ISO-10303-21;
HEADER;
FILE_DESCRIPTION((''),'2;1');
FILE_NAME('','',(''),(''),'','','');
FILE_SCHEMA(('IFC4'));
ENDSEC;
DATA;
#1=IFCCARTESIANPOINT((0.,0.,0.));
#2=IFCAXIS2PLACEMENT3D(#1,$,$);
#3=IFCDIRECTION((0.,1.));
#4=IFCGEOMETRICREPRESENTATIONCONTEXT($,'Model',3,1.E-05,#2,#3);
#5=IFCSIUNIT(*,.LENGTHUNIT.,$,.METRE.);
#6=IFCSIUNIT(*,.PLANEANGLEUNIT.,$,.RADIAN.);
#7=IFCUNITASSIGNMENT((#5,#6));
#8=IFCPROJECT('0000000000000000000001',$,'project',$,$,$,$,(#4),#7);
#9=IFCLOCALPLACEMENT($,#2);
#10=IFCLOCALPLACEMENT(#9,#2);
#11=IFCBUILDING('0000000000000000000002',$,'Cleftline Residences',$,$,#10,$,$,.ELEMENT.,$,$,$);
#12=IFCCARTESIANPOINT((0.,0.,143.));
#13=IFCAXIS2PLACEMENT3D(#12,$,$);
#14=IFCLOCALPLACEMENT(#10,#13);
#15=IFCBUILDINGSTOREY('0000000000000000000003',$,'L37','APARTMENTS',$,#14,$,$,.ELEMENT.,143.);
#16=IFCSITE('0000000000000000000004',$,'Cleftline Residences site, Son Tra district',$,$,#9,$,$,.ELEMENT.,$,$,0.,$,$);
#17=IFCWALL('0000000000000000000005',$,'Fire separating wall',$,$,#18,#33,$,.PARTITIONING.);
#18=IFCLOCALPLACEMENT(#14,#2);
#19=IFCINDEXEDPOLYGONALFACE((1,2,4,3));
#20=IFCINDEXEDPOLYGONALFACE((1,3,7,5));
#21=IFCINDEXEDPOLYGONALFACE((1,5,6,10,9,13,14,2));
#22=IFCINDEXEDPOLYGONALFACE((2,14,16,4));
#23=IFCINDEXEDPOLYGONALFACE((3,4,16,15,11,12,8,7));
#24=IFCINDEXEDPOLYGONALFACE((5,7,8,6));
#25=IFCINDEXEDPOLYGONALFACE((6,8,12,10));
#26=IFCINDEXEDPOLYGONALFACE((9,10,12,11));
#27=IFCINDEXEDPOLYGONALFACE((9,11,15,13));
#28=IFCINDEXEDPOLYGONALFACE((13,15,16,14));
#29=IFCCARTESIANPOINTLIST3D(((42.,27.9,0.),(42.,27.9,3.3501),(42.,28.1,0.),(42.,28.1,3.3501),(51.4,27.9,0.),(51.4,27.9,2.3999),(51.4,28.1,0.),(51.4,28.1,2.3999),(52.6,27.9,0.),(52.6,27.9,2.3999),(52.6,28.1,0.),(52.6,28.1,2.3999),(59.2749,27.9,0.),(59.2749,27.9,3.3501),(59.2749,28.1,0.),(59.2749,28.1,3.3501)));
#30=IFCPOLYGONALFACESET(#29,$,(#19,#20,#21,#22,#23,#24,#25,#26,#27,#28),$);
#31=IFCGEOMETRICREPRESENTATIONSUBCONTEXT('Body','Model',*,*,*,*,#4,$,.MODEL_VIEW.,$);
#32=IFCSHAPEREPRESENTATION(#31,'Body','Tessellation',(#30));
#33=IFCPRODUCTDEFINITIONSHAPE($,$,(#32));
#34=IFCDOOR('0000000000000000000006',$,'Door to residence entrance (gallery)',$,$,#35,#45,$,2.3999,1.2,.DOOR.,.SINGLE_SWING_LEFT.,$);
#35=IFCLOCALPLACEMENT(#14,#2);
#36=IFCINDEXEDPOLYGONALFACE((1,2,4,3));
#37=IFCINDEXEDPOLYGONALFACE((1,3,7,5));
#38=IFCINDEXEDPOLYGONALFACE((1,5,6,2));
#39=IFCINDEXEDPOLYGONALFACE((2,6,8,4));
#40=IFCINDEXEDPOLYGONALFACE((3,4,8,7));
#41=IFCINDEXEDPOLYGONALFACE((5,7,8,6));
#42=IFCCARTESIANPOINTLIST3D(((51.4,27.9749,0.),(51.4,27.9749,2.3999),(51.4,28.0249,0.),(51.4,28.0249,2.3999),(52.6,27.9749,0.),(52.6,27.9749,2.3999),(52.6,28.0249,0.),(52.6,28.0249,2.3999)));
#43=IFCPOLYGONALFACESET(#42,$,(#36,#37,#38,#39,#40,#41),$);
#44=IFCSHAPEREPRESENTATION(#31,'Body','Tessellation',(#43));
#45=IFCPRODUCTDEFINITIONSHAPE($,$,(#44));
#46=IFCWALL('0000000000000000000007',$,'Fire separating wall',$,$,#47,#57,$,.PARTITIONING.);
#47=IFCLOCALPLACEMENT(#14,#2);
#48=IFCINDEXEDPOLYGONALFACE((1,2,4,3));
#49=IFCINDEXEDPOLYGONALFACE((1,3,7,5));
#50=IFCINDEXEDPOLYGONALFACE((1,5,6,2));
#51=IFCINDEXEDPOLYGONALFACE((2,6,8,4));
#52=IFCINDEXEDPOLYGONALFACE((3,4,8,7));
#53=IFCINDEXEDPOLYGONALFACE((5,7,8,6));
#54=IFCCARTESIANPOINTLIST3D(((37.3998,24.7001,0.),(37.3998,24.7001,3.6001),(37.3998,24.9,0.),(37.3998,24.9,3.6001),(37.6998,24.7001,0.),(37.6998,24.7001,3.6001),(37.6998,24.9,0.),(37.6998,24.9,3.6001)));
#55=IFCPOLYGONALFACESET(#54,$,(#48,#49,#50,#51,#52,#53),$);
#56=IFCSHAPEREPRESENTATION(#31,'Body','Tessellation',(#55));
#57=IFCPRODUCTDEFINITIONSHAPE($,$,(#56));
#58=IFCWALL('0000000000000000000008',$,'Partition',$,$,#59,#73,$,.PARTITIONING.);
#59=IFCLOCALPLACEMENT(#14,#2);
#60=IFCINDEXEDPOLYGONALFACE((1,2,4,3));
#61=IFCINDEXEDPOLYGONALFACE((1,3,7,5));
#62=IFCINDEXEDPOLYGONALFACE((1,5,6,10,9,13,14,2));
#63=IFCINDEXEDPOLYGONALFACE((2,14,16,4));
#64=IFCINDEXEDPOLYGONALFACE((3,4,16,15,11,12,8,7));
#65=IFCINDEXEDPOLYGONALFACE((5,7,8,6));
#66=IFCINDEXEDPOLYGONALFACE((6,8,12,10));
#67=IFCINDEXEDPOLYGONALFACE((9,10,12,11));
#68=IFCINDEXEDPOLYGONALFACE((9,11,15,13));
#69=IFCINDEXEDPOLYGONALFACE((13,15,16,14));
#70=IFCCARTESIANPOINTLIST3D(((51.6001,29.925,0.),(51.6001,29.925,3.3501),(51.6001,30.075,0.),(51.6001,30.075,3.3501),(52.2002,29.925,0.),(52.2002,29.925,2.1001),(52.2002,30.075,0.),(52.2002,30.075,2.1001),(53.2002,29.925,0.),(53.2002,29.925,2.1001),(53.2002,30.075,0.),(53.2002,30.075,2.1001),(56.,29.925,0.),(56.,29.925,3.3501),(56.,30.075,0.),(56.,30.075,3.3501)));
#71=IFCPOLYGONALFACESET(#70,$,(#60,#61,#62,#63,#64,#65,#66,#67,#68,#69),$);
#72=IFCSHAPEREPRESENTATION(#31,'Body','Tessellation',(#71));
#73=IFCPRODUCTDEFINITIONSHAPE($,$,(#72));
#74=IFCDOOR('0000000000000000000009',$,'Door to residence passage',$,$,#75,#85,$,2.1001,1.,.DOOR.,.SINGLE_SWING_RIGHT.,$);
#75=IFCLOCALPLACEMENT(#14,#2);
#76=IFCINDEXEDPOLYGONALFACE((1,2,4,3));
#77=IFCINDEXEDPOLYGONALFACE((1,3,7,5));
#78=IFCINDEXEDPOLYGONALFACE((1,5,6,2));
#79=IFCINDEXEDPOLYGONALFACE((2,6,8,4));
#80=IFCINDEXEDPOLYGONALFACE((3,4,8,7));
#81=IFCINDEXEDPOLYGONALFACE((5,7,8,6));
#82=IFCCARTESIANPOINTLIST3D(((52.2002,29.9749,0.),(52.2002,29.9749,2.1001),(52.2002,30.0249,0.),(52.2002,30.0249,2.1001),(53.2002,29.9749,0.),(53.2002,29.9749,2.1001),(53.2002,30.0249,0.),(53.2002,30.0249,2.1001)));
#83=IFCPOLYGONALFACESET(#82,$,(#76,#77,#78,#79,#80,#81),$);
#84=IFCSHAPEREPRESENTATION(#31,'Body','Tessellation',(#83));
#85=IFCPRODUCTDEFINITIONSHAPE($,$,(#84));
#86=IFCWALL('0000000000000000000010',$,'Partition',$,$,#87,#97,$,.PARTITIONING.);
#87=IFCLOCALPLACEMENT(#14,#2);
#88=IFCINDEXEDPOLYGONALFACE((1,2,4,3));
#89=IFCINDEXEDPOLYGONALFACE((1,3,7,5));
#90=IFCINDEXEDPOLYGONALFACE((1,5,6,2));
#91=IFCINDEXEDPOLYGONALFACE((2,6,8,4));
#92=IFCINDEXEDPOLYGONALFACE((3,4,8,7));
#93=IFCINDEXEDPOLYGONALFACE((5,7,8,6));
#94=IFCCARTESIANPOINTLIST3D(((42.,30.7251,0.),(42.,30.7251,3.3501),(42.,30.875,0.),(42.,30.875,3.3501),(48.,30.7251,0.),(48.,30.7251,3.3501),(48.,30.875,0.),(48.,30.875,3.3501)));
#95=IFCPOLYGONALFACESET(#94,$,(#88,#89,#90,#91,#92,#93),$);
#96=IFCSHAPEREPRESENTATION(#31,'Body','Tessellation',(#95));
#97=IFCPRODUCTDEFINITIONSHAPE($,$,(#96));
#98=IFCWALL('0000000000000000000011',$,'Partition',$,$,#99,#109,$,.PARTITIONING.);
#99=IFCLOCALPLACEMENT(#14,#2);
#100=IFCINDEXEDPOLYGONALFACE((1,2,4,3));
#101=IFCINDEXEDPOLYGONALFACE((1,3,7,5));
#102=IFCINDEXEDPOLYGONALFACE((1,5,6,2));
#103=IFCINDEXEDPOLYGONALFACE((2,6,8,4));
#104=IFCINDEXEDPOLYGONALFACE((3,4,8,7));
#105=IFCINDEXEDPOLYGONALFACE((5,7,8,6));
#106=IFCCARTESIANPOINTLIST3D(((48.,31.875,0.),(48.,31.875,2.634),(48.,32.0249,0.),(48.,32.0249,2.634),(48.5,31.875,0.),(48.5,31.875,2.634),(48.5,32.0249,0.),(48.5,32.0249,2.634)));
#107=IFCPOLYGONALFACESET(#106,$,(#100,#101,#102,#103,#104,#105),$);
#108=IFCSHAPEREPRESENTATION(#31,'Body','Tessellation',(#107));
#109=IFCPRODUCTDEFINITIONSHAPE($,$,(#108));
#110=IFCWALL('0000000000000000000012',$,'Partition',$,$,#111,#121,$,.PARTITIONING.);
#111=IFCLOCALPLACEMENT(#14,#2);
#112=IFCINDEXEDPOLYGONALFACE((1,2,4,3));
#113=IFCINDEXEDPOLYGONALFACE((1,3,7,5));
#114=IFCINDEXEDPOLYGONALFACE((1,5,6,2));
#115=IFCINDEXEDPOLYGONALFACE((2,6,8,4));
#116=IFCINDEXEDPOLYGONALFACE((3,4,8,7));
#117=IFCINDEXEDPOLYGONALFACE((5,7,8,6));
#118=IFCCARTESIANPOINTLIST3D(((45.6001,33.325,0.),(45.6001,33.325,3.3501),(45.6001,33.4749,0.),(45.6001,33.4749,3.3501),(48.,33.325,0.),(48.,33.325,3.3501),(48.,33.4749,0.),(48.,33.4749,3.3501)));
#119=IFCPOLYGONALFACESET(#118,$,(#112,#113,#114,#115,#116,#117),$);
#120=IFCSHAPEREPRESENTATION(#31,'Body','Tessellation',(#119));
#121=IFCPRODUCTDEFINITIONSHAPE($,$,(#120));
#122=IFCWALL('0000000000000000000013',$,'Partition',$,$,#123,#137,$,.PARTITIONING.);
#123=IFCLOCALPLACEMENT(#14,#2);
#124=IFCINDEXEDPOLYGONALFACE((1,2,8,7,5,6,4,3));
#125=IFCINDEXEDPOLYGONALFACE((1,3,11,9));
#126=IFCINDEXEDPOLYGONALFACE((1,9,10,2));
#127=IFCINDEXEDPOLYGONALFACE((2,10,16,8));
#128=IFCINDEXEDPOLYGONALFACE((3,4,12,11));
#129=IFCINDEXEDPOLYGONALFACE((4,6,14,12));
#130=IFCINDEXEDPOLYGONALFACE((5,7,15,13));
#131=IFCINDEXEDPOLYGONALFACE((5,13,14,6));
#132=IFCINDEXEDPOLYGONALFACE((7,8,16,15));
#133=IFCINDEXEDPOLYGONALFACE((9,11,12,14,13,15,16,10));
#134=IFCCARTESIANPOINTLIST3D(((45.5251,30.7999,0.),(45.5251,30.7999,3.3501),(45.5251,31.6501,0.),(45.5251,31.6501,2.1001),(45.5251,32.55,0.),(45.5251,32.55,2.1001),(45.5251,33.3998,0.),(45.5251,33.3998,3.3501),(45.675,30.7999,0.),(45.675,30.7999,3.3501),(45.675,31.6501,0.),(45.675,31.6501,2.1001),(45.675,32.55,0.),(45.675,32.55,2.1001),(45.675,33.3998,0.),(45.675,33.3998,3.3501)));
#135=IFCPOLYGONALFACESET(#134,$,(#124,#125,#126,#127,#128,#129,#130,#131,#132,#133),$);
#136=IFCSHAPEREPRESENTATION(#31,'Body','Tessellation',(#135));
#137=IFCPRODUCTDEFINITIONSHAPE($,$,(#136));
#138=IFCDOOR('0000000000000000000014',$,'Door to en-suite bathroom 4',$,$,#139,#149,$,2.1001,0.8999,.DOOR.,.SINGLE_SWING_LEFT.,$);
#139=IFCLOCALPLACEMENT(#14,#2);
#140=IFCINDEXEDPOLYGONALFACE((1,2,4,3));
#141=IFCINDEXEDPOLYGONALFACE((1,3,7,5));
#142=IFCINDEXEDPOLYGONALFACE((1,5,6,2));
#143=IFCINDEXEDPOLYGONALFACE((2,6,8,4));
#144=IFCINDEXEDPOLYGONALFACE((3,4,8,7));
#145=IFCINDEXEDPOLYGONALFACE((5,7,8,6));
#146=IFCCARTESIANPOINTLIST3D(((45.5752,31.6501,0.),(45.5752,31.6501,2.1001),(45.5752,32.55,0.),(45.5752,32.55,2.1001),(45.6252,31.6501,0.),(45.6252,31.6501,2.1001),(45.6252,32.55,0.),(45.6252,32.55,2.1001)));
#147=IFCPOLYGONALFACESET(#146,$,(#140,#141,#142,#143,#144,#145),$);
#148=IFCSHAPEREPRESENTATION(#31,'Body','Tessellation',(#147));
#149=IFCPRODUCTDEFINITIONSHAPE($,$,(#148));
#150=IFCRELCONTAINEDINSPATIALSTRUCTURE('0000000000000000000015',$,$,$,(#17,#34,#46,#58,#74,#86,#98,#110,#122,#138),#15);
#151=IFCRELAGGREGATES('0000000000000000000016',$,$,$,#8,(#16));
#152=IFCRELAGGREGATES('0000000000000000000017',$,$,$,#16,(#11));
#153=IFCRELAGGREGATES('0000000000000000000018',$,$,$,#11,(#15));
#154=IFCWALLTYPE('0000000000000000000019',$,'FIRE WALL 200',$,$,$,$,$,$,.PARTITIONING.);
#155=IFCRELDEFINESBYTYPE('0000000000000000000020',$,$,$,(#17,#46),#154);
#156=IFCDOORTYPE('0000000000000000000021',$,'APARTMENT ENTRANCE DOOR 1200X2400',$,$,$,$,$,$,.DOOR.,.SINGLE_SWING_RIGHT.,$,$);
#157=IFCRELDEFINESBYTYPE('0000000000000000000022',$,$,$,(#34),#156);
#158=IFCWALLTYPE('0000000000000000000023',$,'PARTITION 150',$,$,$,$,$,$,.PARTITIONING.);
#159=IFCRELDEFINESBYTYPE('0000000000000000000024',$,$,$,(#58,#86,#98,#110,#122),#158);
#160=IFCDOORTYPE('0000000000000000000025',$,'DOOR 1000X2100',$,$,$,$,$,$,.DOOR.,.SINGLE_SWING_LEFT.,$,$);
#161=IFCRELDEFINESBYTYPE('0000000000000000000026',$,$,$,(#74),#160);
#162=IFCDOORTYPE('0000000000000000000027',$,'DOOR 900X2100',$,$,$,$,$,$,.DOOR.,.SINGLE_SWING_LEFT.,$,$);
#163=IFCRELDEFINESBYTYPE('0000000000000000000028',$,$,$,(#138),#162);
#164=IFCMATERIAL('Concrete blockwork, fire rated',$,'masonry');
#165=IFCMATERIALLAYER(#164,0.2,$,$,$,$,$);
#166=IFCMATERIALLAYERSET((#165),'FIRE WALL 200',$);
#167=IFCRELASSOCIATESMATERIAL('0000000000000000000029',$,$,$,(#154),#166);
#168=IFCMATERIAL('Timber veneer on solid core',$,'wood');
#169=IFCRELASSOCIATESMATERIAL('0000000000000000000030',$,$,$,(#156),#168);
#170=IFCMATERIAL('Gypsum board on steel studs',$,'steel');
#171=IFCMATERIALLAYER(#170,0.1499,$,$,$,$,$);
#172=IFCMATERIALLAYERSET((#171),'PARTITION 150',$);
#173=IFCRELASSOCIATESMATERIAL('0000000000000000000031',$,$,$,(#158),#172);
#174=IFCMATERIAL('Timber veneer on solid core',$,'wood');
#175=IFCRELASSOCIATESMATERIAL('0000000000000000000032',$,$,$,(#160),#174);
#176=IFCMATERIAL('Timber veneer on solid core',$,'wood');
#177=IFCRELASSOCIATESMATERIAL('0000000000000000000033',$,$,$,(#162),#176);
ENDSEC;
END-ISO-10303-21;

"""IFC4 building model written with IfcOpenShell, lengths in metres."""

from ifc_helpers import new_model, si_unit, direction, frame, frame_2d, origin, place, context, subcontext, project, spatial, rectangle, extrude, material, layer, layer_set, type_object, element, fill, save


model = new_model("IFC4")

# Units and contexts
model_context = context("Model", 3, precision=1e-05, world=origin(), true_north=direction((0.0, 1.0)))
body_context = subcontext(model_context, "Body", "Model", "MODEL_VIEW")
ifc_project = project(units=[si_unit("LENGTHUNIT", "METRE"), si_unit("PLANEANGLEUNIT", "RADIAN")], contexts=[model_context])

# Site, building, storey
site_placement = place(None, origin())
site = spatial("IfcSite", under=ifc_project, at=site_placement, Name="Cleftline Residences site, Son Tra district", CompositionType="ELEMENT", RefElevation=0.0)
building_placement = place(site_placement, origin())
building = spatial("IfcBuilding", under=site, at=building_placement, Name="Cleftline Residences", CompositionType="ELEMENT")
storey_placement = place(building_placement, frame((0.0, 0.0, 143.0)))
storey = spatial("IfcBuildingStorey", under=building, at=storey_placement, Name="L37", Description="APARTMENTS", CompositionType="ELEMENT", Elevation=143.0)

# Shared definitions
ifc_material_1 = material(Name="Concrete blockwork, fire rated", Category="masonry")
ifc_layer_1 = layer(ifc_material_1, 0.2)
ifc_layer_set_1 = layer_set([ifc_layer_1], Name="FIRE WALL 200")
wall_type_1 = type_object("IfcWallType", Name="FIRE WALL 200", PredefinedType="PARTITIONING", material=ifc_layer_set_1)

# Wall, opening, door
wall_1_placement = place(storey_placement, frame((42.0, 28.0, 0.0), z_axis=(0.0, 0.0, 1.0), x_axis=(1.0, 0.0, 0.0)))
wall_1 = element("IfcWall", 1, at=wall_1_placement, inside=storey, type_object=wall_type_1, Name="Fire separating wall", PredefinedType="PARTITIONING", context=body_context, shape_type="SweptSolid", body=[
    extrude(rectangle(XDim=17.2749, YDim=0.2, at=frame_2d((8.6375, 0.0))), origin(), (0.0, 0.0, 1.0), 3.3501),
])
opening_1_placement = place(wall_1_placement, frame((9.3999, 0.0, 0.0)))
opening_1 = element("IfcOpeningElement", 2, at=opening_1_placement, cuts=wall_1, PredefinedType="OPENING", context=body_context, shape_type="SweptSolid", body=[
    extrude(rectangle(XDim=1.2, YDim=2.3999, at=frame_2d((0.6001, 1.2))), frame((0.0, 0.1099, 0.0), z_axis=(0.0, -1.0, 0.0), x_axis=(1.0, 0.0, 0.0)), (0.0, 0.0, 1.0), 0.22),
])
ifc_material_2 = material(Name="Timber veneer on solid core", Category="wood")
door_type_1 = type_object("IfcDoorType", Name="APARTMENT ENTRANCE DOOR 1200X2400", OperationType="SINGLE_SWING_RIGHT", PredefinedType="DOOR", material=ifc_material_2)
door_1_placement = place(opening_1_placement, origin())
door_1 = element("IfcDoor", 3, at=door_1_placement, inside=storey, type_object=door_type_1, Name="Door to residence entrance (gallery)", OperationType="SINGLE_SWING_LEFT", OverallHeight=2.3999, OverallWidth=1.2, PredefinedType="DOOR", context=body_context, shape_type="SweptSolid", body=[
    extrude(rectangle(XDim=1.2, YDim=2.3999, at=frame_2d((0.6001, 1.2))), frame((0.0, 0.0249, 0.0), z_axis=(0.0, -1.0, 0.0), x_axis=(1.0, 0.0, 0.0)), (0.0, 0.0, 1.0), 0.05),
])
fill(opening_1, door_1)

# Wall
wall_2_placement = place(storey_placement, frame((37.3999, 24.8, 0.0), z_axis=(0.0, 0.0, 1.0), x_axis=(1.0, 0.0, 0.0)))
element("IfcWall", 4, at=wall_2_placement, inside=storey, type_object=wall_type_1, Name="Fire separating wall", PredefinedType="PARTITIONING", context=body_context, shape_type="SweptSolid", body=[
    extrude(rectangle(XDim=0.3, YDim=0.2, at=frame_2d((0.1499, 0.0))), origin(), (0.0, 0.0, 1.0), 3.6001),
])

# Wall, opening, door
ifc_material_3 = material(Name="Gypsum board on steel studs", Category="steel")
ifc_layer_2 = layer(ifc_material_3, 0.1499)
ifc_layer_set_2 = layer_set([ifc_layer_2], Name="PARTITION 150")
wall_type_2 = type_object("IfcWallType", Name="PARTITION 150", PredefinedType="PARTITIONING", material=ifc_layer_set_2)
wall_3_placement = place(storey_placement, frame((51.6001, 30.0, 0.0), z_axis=(0.0, 0.0, 1.0), x_axis=(1.0, 0.0, 0.0)))
wall_3 = element("IfcWall", 5, at=wall_3_placement, inside=storey, type_object=wall_type_2, Name="Partition", PredefinedType="PARTITIONING", context=body_context, shape_type="SweptSolid", body=[
    extrude(rectangle(XDim=4.3999, YDim=0.1499, at=frame_2d((2.2, 0.0))), origin(), (0.0, 0.0, 1.0), 3.3501),
])
opening_2_placement = place(wall_3_placement, frame((0.6001, 0.0, 0.0)))
opening_2 = element("IfcOpeningElement", 6, at=opening_2_placement, cuts=wall_3, PredefinedType="OPENING", context=body_context, shape_type="SweptSolid", body=[
    extrude(rectangle(XDim=1.0, YDim=2.1001, at=frame_2d((0.5, 1.05))), frame((0.0, 0.085, 0.0), z_axis=(0.0, -1.0, 0.0), x_axis=(1.0, 0.0, 0.0)), (0.0, 0.0, 1.0), 0.1699),
])
ifc_material_4 = material(Name="Timber veneer on solid core", Category="wood")
door_type_2 = type_object("IfcDoorType", Name="DOOR 1000X2100", OperationType="SINGLE_SWING_LEFT", PredefinedType="DOOR", material=ifc_material_4)
door_2_placement = place(opening_2_placement, origin())
door_2 = element("IfcDoor", 7, at=door_2_placement, inside=storey, type_object=door_type_2, Name="Door to residence passage", OperationType="SINGLE_SWING_RIGHT", OverallHeight=2.1001, OverallWidth=1.0, PredefinedType="DOOR", context=body_context, shape_type="SweptSolid", body=[
    extrude(rectangle(XDim=1.0, YDim=2.1001, at=frame_2d((0.5, 1.05))), frame((0.0, 0.0249, 0.0), z_axis=(0.0, -1.0, 0.0), x_axis=(1.0, 0.0, 0.0)), (0.0, 0.0, 1.0), 0.05),
])
fill(opening_2, door_2)

# Walls
wall_4_placement = place(storey_placement, frame((42.0, 30.8, 0.0), z_axis=(0.0, 0.0, 1.0), x_axis=(1.0, 0.0, 0.0)))
element("IfcWall", 8, at=wall_4_placement, inside=storey, type_object=wall_type_2, Name="Partition", PredefinedType="PARTITIONING", context=body_context, shape_type="SweptSolid", body=[
    extrude(rectangle(XDim=6.0, YDim=0.1499, at=frame_2d((3.0, 0.0))), origin(), (0.0, 0.0, 1.0), 3.3501),
])
wall_5_placement = place(storey_placement, frame((48.0, 31.95, 0.0), z_axis=(0.0, 0.0, 1.0), x_axis=(1.0, 0.0, 0.0)))
element("IfcWall", 9, at=wall_5_placement, inside=storey, type_object=wall_type_2, Name="Partition", PredefinedType="PARTITIONING", context=body_context, shape_type="SweptSolid", body=[
    extrude(rectangle(XDim=0.5, YDim=0.1499, at=frame_2d((0.25, 0.0))), origin(), (0.0, 0.0, 1.0), 2.634),
])
wall_6_placement = place(storey_placement, frame((45.6001, 33.3999, 0.0), z_axis=(0.0, 0.0, 1.0), x_axis=(1.0, 0.0, 0.0)))
element("IfcWall", 10, at=wall_6_placement, inside=storey, type_object=wall_type_2, Name="Partition", PredefinedType="PARTITIONING", context=body_context, shape_type="SweptSolid", body=[
    extrude(rectangle(XDim=2.3999, YDim=0.1499, at=frame_2d((1.2, 0.0))), origin(), (0.0, 0.0, 1.0), 3.3501),
])

# Wall, opening, door
wall_7_placement = place(storey_placement, frame((45.6001, 30.8, 0.0), z_axis=(0.0, 0.0, 1.0), x_axis=(0.0, 1.0, 0.0)))
wall_7 = element("IfcWall", 11, at=wall_7_placement, inside=storey, type_object=wall_type_2, Name="Partition", PredefinedType="PARTITIONING", context=body_context, shape_type="SweptSolid", body=[
    extrude(rectangle(XDim=2.5999, YDim=0.1499, at=frame_2d((1.2998, 0.0))), origin(), (0.0, 0.0, 1.0), 3.3501),
])
opening_3_placement = place(wall_7_placement, frame((0.8501, 0.0, 0.0)))
opening_3 = element("IfcOpeningElement", 12, at=opening_3_placement, cuts=wall_7, PredefinedType="OPENING", context=body_context, shape_type="SweptSolid", body=[
    extrude(rectangle(XDim=0.8999, YDim=2.1001, at=frame_2d((0.45, 1.05))), frame((0.0, 0.085, 0.0), z_axis=(0.0, -1.0, 0.0), x_axis=(1.0, 0.0, 0.0)), (0.0, 0.0, 1.0), 0.1699),
])
ifc_material_5 = material(Name="Timber veneer on solid core", Category="wood")
door_type_3 = type_object("IfcDoorType", Name="DOOR 900X2100", OperationType="SINGLE_SWING_LEFT", PredefinedType="DOOR", material=ifc_material_5)
door_3_placement = place(opening_3_placement, origin())
door_3 = element("IfcDoor", 13, at=door_3_placement, inside=storey, type_object=door_type_3, Name="Door to en-suite bathroom 4", OperationType="SINGLE_SWING_LEFT", OverallHeight=2.1001, OverallWidth=0.8999, PredefinedType="DOOR", context=body_context, shape_type="SweptSolid", body=[
    extrude(rectangle(XDim=0.8999, YDim=2.1001, at=frame_2d((0.45, 1.05))), frame((0.0, 0.0249, 0.0), z_axis=(0.0, -1.0, 0.0), x_axis=(1.0, 0.0, 0.0)), (0.0, 0.0, 1.0), 0.05),
])
fill(opening_3, door_3)

save(model, "model.ifc")
